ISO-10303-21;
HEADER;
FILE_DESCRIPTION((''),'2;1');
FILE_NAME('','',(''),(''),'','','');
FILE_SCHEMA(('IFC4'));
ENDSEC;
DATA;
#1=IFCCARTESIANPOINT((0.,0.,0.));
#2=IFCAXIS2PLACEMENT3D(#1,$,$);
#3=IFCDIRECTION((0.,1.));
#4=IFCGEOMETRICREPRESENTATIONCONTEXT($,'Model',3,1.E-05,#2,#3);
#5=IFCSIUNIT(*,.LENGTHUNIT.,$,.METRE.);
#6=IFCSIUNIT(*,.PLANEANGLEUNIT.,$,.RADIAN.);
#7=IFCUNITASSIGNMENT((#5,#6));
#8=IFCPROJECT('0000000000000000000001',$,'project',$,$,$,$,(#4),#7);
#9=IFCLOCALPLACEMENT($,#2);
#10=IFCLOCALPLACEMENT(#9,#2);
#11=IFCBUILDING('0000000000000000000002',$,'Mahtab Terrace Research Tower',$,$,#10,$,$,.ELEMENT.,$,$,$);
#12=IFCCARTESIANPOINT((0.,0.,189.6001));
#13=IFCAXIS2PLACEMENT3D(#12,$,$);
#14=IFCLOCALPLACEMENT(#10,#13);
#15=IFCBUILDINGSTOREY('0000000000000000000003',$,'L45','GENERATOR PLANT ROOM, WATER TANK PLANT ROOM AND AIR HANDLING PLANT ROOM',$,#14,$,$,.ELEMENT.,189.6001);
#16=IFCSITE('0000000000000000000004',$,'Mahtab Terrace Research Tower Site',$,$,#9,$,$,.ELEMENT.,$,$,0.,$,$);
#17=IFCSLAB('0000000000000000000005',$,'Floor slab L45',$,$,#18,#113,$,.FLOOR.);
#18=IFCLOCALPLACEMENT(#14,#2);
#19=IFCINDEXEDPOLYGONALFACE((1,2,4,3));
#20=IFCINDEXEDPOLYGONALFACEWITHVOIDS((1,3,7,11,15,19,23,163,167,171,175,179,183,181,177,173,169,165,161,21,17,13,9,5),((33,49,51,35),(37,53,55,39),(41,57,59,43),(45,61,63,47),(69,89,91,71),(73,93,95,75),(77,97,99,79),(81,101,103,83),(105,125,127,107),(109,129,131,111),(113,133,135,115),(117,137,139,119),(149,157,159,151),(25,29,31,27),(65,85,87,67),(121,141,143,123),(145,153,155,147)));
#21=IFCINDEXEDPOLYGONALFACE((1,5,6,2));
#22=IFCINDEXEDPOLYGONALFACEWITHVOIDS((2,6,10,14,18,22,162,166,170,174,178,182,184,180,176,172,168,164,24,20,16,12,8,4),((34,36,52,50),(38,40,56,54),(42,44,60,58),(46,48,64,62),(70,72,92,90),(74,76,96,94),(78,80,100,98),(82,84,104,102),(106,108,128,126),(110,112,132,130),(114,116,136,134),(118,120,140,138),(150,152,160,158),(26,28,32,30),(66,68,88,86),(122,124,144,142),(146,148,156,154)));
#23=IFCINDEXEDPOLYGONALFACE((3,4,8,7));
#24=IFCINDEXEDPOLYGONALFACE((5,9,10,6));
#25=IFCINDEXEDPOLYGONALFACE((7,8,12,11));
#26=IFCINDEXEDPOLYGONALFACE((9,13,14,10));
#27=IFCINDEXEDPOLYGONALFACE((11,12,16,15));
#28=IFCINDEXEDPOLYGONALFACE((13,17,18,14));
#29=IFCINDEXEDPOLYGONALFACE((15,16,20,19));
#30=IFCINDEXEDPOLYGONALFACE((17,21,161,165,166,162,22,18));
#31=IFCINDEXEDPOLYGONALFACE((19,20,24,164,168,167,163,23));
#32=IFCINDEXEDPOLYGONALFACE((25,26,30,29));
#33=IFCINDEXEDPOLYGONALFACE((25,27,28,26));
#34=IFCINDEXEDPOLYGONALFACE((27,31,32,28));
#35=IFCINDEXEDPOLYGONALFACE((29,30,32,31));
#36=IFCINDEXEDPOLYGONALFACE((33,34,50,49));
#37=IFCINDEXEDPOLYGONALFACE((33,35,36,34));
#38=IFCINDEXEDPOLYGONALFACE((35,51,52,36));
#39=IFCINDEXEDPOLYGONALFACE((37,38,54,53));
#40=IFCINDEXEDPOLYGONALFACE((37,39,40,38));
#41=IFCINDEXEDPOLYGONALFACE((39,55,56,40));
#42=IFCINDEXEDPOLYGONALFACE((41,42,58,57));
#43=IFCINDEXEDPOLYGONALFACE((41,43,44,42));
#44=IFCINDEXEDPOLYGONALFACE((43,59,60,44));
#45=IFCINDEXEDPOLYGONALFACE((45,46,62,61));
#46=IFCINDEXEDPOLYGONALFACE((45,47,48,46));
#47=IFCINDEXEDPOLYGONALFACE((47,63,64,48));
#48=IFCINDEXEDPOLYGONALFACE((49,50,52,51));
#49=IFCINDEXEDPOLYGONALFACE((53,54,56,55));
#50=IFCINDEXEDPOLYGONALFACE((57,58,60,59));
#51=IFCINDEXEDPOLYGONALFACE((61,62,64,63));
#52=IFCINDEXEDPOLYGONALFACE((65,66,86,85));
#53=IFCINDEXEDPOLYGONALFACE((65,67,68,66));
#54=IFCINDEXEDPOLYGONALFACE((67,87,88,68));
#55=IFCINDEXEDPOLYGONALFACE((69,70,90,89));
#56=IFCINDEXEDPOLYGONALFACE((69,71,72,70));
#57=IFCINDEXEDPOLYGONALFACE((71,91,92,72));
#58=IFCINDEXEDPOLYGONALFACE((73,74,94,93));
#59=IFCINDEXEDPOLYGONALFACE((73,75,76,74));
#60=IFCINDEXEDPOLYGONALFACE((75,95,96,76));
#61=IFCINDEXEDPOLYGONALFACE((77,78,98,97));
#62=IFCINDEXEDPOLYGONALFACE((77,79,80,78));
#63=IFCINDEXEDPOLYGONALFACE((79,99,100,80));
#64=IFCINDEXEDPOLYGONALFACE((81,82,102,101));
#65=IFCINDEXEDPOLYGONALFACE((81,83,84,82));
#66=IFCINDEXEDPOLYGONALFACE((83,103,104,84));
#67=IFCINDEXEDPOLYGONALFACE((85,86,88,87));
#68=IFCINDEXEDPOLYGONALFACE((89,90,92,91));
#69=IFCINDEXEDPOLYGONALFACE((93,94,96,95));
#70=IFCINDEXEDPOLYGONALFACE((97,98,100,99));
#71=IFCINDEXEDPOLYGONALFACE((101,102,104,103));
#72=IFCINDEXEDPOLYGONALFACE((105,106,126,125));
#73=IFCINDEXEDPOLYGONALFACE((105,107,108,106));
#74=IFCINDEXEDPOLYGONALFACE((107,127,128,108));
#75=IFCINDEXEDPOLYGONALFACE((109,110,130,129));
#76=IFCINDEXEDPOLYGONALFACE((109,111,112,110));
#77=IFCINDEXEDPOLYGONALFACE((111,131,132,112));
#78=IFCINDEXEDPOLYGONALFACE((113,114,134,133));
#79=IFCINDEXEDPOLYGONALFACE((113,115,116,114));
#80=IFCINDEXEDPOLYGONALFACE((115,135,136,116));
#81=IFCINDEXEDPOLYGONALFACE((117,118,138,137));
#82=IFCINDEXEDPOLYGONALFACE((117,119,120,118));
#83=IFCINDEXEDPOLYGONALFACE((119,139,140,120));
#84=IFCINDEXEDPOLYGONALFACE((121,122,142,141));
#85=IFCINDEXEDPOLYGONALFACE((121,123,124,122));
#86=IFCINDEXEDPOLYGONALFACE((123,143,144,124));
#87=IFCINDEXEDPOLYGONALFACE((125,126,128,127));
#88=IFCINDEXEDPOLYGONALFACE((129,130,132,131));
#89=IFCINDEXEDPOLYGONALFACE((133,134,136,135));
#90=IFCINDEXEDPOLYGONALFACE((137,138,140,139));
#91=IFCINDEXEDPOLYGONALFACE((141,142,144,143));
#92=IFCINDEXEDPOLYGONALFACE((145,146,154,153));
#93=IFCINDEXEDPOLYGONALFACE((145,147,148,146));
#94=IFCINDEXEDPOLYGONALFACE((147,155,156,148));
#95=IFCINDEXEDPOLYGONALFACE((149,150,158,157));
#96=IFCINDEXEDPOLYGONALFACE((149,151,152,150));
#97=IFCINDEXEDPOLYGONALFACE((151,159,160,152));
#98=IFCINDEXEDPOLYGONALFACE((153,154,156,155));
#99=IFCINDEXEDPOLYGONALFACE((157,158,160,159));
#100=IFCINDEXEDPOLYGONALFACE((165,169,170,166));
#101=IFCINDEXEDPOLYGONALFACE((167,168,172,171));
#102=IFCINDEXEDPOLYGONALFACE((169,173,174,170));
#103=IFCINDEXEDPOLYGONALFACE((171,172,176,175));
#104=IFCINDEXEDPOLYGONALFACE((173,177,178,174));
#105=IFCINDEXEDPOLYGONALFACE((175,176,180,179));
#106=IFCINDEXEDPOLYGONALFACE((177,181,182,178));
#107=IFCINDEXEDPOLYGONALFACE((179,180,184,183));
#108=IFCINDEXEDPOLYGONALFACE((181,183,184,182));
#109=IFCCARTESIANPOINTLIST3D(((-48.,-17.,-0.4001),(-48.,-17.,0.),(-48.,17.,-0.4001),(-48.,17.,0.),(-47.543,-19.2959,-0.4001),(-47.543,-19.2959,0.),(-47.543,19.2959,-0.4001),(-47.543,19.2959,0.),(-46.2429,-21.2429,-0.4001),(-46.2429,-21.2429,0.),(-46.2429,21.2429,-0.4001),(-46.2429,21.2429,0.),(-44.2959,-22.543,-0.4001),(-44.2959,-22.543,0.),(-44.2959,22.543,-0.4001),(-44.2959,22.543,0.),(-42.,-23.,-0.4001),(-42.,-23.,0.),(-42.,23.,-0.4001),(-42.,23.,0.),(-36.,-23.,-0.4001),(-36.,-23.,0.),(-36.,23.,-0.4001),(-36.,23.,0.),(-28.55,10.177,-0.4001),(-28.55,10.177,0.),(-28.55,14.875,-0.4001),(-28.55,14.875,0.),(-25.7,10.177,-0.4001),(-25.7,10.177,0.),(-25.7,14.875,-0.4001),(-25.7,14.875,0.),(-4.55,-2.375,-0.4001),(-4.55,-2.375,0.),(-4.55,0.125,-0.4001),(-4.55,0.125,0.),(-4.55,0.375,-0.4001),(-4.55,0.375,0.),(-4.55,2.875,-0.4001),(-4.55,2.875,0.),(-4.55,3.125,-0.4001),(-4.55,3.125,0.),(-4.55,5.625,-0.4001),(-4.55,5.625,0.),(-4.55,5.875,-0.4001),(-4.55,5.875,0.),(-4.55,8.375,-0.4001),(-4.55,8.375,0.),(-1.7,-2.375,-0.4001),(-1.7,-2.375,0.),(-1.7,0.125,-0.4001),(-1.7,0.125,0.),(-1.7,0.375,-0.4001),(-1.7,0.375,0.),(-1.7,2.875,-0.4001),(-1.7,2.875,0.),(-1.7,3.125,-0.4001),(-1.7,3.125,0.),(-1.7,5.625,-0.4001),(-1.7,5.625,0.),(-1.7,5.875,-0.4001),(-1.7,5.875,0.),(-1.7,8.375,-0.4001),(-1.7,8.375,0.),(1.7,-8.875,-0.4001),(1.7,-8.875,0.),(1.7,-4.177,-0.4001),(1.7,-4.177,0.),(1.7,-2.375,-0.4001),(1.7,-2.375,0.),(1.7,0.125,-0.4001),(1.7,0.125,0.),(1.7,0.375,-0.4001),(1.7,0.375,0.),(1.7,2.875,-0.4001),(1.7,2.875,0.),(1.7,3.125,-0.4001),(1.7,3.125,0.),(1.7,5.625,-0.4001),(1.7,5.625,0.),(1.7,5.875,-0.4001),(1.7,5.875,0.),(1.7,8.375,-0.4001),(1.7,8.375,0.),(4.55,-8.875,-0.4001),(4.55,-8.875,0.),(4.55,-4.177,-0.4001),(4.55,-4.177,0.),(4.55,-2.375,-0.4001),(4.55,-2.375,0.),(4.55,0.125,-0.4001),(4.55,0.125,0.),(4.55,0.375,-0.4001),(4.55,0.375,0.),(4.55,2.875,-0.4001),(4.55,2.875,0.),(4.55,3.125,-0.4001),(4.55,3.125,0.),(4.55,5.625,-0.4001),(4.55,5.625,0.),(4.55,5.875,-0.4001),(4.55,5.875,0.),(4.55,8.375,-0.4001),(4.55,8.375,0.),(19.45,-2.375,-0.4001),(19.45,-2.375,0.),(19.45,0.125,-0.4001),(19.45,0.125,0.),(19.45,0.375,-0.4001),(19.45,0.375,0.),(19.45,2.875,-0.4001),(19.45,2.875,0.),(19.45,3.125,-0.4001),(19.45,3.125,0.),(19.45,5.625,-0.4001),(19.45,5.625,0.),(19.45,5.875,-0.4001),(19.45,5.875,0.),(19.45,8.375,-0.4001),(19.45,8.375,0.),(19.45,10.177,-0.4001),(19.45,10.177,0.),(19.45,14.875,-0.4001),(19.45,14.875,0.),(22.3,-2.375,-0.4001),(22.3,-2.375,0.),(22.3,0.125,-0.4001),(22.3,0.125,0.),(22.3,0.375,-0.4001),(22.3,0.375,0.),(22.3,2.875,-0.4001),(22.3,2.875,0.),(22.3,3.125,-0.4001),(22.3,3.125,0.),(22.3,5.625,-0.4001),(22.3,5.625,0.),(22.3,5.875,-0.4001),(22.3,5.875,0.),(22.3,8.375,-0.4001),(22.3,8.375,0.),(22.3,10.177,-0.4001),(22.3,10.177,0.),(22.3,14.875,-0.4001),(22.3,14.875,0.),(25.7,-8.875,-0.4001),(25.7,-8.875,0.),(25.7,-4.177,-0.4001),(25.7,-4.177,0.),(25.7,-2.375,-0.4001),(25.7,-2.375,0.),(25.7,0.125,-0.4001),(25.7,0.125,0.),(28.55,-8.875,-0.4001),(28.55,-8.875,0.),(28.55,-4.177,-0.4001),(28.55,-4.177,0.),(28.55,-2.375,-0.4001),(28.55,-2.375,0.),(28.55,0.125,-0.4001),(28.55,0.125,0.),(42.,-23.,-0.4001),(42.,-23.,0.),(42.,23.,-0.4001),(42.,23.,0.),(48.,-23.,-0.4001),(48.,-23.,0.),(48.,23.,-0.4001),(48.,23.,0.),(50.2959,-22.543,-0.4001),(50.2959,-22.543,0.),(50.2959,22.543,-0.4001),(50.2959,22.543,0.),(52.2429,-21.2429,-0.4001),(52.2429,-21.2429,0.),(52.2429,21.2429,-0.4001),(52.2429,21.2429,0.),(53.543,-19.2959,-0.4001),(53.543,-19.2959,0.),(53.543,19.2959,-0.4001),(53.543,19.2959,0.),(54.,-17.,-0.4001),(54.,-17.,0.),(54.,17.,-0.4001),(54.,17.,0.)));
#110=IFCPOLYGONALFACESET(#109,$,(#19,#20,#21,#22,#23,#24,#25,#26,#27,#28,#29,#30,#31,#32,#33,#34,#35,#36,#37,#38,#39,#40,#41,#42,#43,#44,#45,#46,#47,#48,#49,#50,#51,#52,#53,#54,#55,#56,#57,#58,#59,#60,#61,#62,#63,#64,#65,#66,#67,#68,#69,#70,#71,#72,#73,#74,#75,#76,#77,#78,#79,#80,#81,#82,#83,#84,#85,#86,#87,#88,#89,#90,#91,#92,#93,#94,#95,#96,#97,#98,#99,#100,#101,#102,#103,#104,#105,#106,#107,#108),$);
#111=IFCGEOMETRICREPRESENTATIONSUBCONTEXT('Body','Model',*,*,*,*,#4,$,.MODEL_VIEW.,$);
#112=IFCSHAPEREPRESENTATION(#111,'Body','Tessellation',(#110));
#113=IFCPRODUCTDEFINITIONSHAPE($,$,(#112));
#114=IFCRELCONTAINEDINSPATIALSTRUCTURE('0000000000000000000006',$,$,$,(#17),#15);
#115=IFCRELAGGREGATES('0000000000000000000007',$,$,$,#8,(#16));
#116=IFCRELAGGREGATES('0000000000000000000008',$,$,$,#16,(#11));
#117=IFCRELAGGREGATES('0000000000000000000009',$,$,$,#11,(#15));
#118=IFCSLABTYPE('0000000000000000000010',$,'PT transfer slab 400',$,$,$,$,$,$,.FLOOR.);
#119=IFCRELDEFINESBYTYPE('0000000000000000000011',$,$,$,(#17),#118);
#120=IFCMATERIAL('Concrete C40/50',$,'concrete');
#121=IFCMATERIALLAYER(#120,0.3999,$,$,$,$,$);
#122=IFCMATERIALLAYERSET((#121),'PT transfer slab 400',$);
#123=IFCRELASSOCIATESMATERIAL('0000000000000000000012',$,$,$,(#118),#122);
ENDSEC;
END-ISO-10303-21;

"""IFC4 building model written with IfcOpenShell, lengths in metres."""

from ifc_helpers import new_model, si_unit, direction, frame, origin, place, context, subcontext, project, spatial, polyline, outline, extrude, material, layer, layer_set, type_object, element, save


model = new_model("IFC4")

# Units and contexts
model_context = context("Model", 3, precision=1e-05, world=origin(), true_north=direction((0.0, 1.0)))
body_context = subcontext(model_context, "Body", "Model", "MODEL_VIEW")
ifc_project = project(units=[si_unit("LENGTHUNIT", "METRE"), si_unit("PLANEANGLEUNIT", "RADIAN")], contexts=[model_context])

# Site, building, storey
site_placement = place(None, origin())
site = spatial("IfcSite", under=ifc_project, at=site_placement, Name="Mahtab Terrace Research Tower Site", CompositionType="ELEMENT", RefElevation=0.0)
building_placement = place(site_placement, origin())
building = spatial("IfcBuilding", under=site, at=building_placement, Name="Mahtab Terrace Research Tower", CompositionType="ELEMENT")
storey_placement = place(building_placement, frame((0.0, 0.0, 189.6001)))
storey = spatial("IfcBuildingStorey", under=building, at=storey_placement, Name="L45", Description="GENERATOR PLANT ROOM, WATER TANK PLANT ROOM AND AIR HANDLING PLANT ROOM", CompositionType="ELEMENT", Elevation=189.6001)

# Shared definitions
ifc_material_1 = material(Name="Concrete C40/50", Category="concrete")

# Slab
ifc_layer_1 = layer(ifc_material_1, 0.3999)
ifc_layer_set_1 = layer_set([ifc_layer_1], Name="PT transfer slab 400")
slab_type_1 = type_object("IfcSlabType", Name="PT transfer slab 400", PredefinedType="FLOOR", material=ifc_layer_set_1)
slab_1_placement = place(storey_placement, frame((0.0, 0.0, -0.4001)))
element("IfcSlab", 1, at=slab_1_placement, inside=storey, type_object=slab_type_1, Name="Floor slab L45", PredefinedType="FLOOR", context=body_context, shape_type="SweptSolid", body=[
    extrude(outline(polyline([(42.0, -23.0), (48.0, -23.0), (50.2959, -22.543), (52.2429, -21.2429), (53.543, -19.2959), (54.0, -17.0), (54.0, 17.0), (53.543, 19.2959), (52.2429, 21.2429), (50.2959, 22.543), (48.0, 23.0), (42.0, 23.0), (-36.0, 23.0), (-42.0, 23.0), (-44.2959, 22.543), (-46.2429, 21.2429), (-47.543, 19.2959), (-48.0, 17.0), (-48.0, -17.0), (-47.543, -19.2959), (-46.2429, -21.2429), (-44.2959, -22.543), (-42.0, -23.0), (-36.0, -23.0), (42.0, -23.0)]), holes=[polyline([(-4.55, -2.375), (-4.55, 0.125), (-1.7, 0.125), (-1.7, -2.375), (-4.55, -2.375)]), polyline([(1.7, -2.375), (1.7, 0.125), (4.55, 0.125), (4.55, -2.375), (1.7, -2.375)]), polyline([(-4.55, 0.375), (-4.55, 2.875), (-1.7, 2.875), (-1.7, 0.375), (-4.55, 0.375)]), polyline([(1.7, 0.375), (1.7, 2.875), (4.55, 2.875), (4.55, 0.375), (1.7, 0.375)]), polyline([(-4.55, 3.125), (-4.55, 5.625), (-1.7, 5.625), (-1.7, 3.125), (-4.55, 3.125)]), polyline([(1.7, 3.125), (1.7, 5.625), (4.55, 5.625), (4.55, 3.125), (1.7, 3.125)]), polyline([(-4.55, 5.875), (-4.55, 8.375), (-1.7, 8.375), (-1.7, 5.875), (-4.55, 5.875)]), polyline([(1.7, 5.875), (1.7, 8.375), (4.55, 8.375), (4.55, 5.875), (1.7, 5.875)]), polyline([(-28.55, 10.177), (-28.55, 14.875), (-25.7, 14.875), (-25.7, 10.177), (-28.55, 10.177)]), polyline([(1.7, -8.875), (1.7, -4.177), (4.55, -4.177), (4.55, -8.875), (1.7, -8.875)]), polyline([(25.7, -8.875), (25.7, -4.177), (28.55, -4.177), (28.55, -8.875), (25.7, -8.875)]), polyline([(19.45, -2.375), (19.45, 0.125), (22.3, 0.125), (22.3, -2.375), (19.45, -2.375)]), polyline([(25.7, -2.375), (25.7, 0.125), (28.55, 0.125), (28.55, -2.375), (25.7, -2.375)]), polyline([(19.45, 0.375), (19.45, 2.875), (22.3, 2.875), (22.3, 0.375), (19.45, 0.375)]), polyline([(19.45, 3.125), (19.45, 5.625), (22.3, 5.625), (22.3, 3.125), (19.45, 3.125)]), polyline([(19.45, 8.375), (22.3, 8.375), (22.3, 5.875), (19.45, 5.875), (19.45, 8.375)]), polyline([(19.45, 14.875), (22.3, 14.875), (22.3, 10.177), (19.45, 10.177), (19.45, 14.875)])]), origin(), (0.0, 0.0, 1.0), 0.4001),
])

save(model, "model.ifc")
